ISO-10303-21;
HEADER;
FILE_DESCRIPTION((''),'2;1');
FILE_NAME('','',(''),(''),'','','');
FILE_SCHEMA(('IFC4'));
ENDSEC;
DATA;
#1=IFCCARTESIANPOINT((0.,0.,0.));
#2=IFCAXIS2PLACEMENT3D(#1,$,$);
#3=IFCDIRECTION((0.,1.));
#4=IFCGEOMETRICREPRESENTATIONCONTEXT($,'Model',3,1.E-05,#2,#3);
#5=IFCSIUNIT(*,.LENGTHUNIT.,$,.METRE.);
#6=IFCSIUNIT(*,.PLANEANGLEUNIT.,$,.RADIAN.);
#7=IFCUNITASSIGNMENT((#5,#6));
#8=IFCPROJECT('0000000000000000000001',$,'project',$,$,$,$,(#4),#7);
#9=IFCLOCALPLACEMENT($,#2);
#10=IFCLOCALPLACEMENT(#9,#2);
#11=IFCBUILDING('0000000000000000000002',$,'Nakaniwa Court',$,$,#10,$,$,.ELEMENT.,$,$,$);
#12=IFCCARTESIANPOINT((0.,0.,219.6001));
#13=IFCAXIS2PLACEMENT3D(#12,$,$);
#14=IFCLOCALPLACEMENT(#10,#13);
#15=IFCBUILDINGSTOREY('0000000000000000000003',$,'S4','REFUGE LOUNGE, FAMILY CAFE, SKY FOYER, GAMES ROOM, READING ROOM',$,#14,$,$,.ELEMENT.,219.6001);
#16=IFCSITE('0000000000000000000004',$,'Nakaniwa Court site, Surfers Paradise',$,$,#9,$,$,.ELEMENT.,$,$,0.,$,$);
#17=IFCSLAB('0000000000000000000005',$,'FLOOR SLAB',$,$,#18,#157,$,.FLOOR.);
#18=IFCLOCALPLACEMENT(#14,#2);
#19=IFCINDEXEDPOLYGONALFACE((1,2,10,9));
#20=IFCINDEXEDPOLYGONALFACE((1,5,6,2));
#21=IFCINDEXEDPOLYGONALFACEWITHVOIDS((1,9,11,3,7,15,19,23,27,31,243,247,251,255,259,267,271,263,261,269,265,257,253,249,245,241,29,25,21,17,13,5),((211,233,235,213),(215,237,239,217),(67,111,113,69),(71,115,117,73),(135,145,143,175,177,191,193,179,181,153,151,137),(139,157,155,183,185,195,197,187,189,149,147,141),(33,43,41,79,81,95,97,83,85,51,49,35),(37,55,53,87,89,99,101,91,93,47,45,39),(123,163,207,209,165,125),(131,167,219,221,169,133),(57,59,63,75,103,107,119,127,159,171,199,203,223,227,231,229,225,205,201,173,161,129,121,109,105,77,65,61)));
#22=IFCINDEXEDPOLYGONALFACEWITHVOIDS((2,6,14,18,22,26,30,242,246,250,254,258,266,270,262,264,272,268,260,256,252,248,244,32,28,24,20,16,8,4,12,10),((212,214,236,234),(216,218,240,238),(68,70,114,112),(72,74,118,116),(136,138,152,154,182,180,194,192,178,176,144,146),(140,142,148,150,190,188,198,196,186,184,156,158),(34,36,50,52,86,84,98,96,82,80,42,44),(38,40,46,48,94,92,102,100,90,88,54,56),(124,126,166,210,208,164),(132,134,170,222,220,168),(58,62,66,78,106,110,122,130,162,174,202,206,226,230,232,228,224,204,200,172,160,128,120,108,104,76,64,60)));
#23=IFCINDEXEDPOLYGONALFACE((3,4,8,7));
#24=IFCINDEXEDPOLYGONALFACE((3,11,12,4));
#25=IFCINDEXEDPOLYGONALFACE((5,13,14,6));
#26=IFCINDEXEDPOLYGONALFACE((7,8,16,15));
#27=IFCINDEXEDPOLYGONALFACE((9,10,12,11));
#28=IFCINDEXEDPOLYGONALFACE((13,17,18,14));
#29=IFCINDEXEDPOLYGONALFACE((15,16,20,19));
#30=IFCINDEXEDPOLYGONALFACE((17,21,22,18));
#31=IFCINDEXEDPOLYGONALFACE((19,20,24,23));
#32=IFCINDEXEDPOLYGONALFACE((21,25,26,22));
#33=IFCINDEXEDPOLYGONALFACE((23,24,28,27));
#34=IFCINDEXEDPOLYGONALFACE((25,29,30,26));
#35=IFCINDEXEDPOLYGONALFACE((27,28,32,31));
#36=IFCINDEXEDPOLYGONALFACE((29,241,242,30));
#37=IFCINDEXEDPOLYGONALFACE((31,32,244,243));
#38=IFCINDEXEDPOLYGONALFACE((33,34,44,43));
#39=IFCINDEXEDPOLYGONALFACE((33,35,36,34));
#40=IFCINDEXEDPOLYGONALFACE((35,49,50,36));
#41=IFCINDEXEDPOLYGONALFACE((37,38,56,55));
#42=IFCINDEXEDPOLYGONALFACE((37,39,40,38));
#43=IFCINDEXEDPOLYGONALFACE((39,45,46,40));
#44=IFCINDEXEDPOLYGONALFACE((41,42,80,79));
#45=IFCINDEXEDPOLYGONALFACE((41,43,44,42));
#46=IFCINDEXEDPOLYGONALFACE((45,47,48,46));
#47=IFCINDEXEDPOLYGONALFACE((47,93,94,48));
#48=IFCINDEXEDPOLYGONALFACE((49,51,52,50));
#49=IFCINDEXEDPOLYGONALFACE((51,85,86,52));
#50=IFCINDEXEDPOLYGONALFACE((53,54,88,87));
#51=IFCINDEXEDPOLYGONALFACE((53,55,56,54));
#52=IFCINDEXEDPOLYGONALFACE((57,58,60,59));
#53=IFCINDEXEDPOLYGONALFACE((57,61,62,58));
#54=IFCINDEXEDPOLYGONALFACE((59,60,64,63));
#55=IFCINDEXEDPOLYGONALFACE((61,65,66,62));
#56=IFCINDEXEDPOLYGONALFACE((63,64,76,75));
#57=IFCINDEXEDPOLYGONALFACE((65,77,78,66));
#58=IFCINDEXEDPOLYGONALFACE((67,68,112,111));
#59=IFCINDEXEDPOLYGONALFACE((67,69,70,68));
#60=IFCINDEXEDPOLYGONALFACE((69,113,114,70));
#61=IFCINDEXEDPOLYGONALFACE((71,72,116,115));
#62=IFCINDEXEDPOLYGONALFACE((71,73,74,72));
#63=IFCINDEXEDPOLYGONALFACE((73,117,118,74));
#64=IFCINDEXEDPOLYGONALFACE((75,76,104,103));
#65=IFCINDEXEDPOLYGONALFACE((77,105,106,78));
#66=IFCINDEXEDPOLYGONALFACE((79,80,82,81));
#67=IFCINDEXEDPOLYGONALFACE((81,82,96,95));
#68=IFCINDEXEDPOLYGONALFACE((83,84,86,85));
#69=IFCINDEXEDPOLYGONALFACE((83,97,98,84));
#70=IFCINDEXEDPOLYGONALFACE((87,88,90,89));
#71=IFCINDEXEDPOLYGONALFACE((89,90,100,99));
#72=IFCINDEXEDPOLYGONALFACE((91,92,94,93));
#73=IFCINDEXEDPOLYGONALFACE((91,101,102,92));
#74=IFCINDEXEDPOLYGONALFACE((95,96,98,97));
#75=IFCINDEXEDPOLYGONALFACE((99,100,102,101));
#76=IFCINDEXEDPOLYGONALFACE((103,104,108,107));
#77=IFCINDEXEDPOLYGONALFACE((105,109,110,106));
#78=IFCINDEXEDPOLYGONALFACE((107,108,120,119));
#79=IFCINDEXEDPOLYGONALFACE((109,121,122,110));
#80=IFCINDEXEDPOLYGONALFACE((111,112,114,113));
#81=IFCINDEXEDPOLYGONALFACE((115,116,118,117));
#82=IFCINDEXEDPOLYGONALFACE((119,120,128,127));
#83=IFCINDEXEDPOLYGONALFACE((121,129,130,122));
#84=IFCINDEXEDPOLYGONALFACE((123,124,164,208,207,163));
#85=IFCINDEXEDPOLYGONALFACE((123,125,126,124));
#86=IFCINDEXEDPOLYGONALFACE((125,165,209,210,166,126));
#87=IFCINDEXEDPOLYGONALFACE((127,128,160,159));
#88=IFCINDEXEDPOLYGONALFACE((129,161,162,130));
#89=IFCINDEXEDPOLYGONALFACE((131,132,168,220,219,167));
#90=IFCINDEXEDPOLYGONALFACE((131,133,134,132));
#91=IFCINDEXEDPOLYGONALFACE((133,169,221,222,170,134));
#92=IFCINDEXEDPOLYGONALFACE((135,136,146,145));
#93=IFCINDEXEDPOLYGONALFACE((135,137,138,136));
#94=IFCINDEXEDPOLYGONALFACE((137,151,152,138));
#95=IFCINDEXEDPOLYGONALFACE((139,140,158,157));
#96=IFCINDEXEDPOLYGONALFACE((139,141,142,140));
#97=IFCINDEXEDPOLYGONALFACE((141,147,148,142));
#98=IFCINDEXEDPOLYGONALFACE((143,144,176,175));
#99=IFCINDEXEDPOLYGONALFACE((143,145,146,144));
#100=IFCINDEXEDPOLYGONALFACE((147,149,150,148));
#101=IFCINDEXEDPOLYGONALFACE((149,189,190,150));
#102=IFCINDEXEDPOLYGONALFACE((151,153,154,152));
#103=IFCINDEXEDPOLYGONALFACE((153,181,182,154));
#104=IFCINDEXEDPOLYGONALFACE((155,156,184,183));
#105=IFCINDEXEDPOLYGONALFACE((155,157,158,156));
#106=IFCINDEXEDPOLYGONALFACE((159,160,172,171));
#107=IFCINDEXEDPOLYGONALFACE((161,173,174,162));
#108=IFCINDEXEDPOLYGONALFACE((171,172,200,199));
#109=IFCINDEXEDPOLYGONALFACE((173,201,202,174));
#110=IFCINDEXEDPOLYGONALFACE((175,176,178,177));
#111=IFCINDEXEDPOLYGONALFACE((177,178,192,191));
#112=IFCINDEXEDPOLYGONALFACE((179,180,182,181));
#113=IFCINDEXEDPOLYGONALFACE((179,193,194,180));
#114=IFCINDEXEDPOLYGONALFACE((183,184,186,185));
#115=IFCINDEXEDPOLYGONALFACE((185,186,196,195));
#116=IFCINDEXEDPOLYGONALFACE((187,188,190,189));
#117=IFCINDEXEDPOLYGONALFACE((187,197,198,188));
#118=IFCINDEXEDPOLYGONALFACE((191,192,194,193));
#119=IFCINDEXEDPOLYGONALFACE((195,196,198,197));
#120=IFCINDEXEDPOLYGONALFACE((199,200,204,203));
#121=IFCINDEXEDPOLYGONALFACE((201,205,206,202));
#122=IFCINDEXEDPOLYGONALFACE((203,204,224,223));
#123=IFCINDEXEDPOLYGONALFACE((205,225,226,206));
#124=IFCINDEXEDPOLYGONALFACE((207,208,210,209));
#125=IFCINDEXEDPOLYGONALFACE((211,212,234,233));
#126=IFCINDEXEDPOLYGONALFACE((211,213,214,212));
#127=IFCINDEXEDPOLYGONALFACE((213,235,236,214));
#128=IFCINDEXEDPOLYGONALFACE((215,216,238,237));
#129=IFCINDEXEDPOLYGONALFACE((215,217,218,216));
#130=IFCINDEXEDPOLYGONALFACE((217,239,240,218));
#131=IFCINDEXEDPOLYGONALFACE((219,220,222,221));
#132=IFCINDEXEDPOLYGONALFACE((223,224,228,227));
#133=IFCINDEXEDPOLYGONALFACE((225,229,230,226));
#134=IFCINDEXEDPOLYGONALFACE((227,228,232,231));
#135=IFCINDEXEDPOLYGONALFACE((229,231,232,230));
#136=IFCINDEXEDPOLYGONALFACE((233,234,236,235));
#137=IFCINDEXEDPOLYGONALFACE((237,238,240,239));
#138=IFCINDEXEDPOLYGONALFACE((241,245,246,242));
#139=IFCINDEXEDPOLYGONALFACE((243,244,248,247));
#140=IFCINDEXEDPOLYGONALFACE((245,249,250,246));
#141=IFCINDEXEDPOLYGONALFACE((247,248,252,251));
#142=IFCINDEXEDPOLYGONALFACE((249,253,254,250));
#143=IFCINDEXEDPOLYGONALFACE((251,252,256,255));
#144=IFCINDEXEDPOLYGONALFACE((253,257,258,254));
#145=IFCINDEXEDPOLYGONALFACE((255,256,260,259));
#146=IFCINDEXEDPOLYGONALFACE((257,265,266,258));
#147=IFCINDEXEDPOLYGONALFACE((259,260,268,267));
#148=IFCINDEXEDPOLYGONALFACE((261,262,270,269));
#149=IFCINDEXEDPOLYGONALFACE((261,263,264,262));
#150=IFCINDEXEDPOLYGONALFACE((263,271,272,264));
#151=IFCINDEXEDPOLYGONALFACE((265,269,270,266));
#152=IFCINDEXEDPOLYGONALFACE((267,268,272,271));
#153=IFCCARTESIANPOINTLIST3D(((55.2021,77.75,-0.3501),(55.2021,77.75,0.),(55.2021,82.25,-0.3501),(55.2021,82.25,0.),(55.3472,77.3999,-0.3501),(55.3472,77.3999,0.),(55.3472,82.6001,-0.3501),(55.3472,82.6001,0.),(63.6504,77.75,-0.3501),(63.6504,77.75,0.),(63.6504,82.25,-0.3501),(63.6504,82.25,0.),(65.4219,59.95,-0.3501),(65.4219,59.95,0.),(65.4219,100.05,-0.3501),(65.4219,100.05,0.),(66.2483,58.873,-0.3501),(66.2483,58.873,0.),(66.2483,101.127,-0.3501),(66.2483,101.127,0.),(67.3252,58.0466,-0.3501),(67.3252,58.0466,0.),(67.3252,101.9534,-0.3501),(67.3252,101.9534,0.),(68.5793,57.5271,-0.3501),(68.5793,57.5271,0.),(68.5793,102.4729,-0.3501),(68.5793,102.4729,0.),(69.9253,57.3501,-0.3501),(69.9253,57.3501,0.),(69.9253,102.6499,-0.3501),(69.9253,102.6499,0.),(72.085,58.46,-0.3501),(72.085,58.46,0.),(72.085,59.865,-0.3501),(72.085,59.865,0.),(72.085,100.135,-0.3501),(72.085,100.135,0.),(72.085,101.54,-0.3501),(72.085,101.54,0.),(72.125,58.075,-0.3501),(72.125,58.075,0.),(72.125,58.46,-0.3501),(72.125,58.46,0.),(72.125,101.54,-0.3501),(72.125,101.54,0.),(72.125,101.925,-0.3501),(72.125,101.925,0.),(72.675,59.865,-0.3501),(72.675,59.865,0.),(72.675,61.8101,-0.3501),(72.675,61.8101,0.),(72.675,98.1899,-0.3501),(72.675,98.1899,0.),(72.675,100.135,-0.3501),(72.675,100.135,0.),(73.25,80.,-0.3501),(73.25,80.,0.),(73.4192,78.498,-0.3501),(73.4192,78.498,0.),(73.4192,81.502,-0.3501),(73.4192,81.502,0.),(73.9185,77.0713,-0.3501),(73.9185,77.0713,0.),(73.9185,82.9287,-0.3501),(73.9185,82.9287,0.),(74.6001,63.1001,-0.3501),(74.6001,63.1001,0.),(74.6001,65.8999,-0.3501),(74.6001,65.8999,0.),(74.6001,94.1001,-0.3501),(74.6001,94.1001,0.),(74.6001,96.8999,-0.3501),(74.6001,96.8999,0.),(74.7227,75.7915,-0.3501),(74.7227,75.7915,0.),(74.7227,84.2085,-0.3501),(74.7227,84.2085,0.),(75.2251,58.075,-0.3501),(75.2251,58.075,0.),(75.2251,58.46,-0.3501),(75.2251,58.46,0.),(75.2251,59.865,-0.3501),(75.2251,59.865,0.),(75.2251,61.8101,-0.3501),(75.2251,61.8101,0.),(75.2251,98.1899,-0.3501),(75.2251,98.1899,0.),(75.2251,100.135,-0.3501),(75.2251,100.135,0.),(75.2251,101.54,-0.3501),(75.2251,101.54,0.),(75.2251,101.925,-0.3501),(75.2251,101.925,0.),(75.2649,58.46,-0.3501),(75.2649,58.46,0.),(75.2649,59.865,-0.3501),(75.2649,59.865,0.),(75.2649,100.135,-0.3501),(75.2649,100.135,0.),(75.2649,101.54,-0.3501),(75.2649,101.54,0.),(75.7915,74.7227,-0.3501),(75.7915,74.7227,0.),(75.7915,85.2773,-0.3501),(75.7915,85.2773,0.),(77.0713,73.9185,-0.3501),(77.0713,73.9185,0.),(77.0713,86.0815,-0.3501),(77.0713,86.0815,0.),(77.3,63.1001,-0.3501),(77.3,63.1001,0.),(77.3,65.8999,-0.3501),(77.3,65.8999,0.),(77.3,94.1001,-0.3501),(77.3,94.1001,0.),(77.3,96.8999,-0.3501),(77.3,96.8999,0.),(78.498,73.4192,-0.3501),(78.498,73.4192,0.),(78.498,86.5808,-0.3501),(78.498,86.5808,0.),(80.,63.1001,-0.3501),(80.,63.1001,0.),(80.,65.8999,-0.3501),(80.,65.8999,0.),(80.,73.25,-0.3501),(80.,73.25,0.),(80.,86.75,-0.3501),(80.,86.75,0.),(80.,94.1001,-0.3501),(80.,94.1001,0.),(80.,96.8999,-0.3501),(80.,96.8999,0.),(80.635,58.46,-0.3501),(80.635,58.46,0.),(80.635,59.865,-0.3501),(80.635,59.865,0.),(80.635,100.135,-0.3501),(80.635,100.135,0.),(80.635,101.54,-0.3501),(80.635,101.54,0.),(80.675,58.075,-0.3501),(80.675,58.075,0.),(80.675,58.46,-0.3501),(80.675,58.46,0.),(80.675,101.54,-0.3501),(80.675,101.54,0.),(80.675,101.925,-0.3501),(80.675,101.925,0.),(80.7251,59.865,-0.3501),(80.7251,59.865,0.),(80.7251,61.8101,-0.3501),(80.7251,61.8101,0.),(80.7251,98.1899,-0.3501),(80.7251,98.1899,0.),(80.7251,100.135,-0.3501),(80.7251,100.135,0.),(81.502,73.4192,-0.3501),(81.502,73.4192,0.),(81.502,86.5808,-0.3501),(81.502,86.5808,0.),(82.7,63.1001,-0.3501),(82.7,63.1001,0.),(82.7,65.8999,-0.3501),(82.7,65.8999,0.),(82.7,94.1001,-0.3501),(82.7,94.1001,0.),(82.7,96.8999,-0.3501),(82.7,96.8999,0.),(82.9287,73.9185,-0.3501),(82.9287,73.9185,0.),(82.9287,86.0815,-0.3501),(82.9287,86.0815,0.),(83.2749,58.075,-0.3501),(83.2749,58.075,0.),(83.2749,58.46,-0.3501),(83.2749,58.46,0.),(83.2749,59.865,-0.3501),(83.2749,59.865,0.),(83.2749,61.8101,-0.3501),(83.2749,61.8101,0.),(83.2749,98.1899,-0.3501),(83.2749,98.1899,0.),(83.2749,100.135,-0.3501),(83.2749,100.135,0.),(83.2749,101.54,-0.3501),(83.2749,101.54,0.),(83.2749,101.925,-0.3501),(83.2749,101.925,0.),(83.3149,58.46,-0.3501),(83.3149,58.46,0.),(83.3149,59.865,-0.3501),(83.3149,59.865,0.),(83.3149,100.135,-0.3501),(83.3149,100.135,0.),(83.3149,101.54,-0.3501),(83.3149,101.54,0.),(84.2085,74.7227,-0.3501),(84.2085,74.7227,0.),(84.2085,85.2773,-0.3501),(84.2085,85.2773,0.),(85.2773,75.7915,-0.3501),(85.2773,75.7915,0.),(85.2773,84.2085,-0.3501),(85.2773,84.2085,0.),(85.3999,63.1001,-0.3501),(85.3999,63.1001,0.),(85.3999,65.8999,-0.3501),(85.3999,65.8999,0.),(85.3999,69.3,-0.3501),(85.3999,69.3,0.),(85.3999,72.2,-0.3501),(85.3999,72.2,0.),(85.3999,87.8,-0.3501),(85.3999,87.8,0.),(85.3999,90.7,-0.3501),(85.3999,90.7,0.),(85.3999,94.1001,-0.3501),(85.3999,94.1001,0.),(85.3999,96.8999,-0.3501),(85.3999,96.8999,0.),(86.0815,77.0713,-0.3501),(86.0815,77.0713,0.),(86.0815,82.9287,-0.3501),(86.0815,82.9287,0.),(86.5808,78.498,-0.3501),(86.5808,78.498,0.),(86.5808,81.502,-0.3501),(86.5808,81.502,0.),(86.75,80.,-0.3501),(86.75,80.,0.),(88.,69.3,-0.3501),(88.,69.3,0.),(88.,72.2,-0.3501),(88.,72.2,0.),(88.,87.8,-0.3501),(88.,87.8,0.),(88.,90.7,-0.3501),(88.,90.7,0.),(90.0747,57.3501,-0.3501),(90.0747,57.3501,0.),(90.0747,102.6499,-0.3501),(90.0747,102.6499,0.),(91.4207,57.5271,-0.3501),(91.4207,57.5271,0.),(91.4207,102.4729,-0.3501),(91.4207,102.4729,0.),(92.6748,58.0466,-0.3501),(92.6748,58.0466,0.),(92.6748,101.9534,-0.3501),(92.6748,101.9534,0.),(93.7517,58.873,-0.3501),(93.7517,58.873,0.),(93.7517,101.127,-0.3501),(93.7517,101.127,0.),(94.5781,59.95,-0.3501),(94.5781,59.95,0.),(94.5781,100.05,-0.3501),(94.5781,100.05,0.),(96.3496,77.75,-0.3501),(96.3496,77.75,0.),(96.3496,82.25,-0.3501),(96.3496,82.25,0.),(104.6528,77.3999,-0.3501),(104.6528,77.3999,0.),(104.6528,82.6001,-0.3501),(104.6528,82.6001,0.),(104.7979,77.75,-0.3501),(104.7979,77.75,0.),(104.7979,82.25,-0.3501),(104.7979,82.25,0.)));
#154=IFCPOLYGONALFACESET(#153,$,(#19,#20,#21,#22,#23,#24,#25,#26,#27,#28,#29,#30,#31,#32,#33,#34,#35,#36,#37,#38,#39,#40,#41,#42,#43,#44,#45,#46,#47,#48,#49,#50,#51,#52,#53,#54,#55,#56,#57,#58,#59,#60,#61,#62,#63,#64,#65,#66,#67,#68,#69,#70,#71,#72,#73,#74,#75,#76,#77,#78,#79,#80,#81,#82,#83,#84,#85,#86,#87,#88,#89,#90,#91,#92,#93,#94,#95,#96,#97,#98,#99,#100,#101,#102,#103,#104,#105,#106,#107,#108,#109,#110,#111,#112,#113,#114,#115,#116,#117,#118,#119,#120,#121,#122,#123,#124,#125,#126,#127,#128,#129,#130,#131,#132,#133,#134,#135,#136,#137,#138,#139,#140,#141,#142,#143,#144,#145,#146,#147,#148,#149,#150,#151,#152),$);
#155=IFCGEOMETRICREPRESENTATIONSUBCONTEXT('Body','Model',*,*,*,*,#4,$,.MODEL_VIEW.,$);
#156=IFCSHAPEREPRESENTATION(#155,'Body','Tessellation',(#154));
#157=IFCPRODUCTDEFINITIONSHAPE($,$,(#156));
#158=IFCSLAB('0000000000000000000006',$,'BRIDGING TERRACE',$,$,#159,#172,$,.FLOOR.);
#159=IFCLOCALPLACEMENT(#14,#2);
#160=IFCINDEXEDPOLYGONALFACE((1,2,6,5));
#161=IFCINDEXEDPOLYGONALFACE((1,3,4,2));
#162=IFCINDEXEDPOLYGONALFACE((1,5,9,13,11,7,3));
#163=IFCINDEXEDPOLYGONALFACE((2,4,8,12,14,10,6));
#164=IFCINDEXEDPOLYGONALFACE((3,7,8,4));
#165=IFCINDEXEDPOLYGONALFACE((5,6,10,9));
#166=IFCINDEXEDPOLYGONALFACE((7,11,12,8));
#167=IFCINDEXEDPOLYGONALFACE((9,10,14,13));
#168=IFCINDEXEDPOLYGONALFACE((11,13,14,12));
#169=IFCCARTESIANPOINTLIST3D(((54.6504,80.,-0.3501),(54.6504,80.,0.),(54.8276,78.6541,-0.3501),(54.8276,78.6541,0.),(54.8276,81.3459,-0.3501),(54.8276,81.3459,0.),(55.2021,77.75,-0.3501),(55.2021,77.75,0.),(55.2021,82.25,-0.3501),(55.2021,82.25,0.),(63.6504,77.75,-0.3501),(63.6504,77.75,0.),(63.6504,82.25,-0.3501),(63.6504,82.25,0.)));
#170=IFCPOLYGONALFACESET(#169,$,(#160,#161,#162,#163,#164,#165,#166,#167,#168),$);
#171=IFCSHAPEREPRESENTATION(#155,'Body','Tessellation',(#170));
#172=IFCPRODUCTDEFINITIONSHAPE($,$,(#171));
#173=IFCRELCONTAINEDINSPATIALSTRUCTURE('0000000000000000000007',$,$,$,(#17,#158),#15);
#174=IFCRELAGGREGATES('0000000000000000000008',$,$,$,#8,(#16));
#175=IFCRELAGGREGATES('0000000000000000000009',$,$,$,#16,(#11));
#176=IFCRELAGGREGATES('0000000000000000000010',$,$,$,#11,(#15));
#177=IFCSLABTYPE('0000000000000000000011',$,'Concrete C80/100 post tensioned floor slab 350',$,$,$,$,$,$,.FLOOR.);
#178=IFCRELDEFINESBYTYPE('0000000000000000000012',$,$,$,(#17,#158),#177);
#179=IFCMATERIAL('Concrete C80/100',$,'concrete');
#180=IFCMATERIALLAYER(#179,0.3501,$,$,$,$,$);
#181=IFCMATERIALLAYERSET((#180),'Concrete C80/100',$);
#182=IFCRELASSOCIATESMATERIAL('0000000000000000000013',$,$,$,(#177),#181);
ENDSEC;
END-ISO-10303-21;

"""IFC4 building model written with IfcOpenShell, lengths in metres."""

from ifc_helpers import new_model, si_unit, direction, frame, origin, place, context, subcontext, project, spatial, polyline, outline, extrude, material, layer, layer_set, type_object, element, save


model = new_model("IFC4")

# Units and contexts
model_context = context("Model", 3, precision=1e-05, world=origin(), true_north=direction((0.0, 1.0)))
body_context = subcontext(model_context, "Body", "Model", "MODEL_VIEW")
ifc_project = project(units=[si_unit("LENGTHUNIT", "METRE"), si_unit("PLANEANGLEUNIT", "RADIAN")], contexts=[model_context])

# Site, building, storey
site_placement = place(None, origin())
site = spatial("IfcSite", under=ifc_project, at=site_placement, Name="Nakaniwa Court site, Surfers Paradise", CompositionType="ELEMENT", RefElevation=0.0)
building_placement = place(site_placement, origin())
building = spatial("IfcBuilding", under=site, at=building_placement, Name="Nakaniwa Court", CompositionType="ELEMENT")
storey_placement = place(building_placement, frame((0.0, 0.0, 219.6001)))
storey = spatial("IfcBuildingStorey", under=building, at=storey_placement, Name="S4", Description="REFUGE LOUNGE, FAMILY CAFE, SKY FOYER, GAMES ROOM, READING ROOM", CompositionType="ELEMENT", Elevation=219.6001)

# Shared definitions
ifc_material_1 = material(Name="Concrete C80/100", Category="concrete")

# Slabs
ifc_layer_1 = layer(ifc_material_1, 0.3501)
ifc_layer_set_1 = layer_set([ifc_layer_1], Name="Concrete C80/100")
slab_type_1 = type_object("IfcSlabType", Name="Concrete C80/100 post tensioned floor slab 350", PredefinedType="FLOOR", material=ifc_layer_set_1)
slab_1_placement = place(storey_placement, frame((0.0, 0.0, -0.3501)))
element("IfcSlab", 1, at=slab_1_placement, inside=storey, type_object=slab_type_1, Name="FLOOR SLAB", PredefinedType="FLOOR", context=body_context, shape_type="SweptSolid", body=[
    extrude(outline(polyline([(96.3496, 82.25), (104.7979, 82.25), (104.6528, 82.6001), (94.5781, 100.05), (93.7517, 101.127), (92.6748, 101.9534), (91.4207, 102.4729), (90.0747, 102.6499), (69.9253, 102.6499), (68.5793, 102.4729), (67.3252, 101.9534), (66.2483, 101.127), (65.4219, 100.05), (55.3472, 82.6001), (55.2021, 82.25), (63.6504, 82.25), (63.6504, 77.75), (55.2021, 77.75), (55.3472, 77.3999), (65.4219, 59.95), (66.2483, 58.873), (67.3252, 58.0466), (68.5793, 57.5271), (69.9253, 57.3501), (90.0747, 57.3501), (91.4207, 57.5271), (92.6748, 58.0466), (93.7517, 58.873), (94.5781, 59.95), (104.6528, 77.3999), (104.7979, 77.75), (96.3496, 77.75), (96.3496, 82.25)]), holes=[polyline([(81.502, 86.5808), (80.0, 86.75), (78.498, 86.5808), (77.0713, 86.0815), (75.7915, 85.2773), (74.7227, 84.2085), (73.9185, 82.9287), (73.4192, 81.502), (73.25, 80.0), (73.4192, 78.498), (73.9185, 77.0713), (74.7227, 75.7915), (75.7915, 74.7227), (77.0713, 73.9185), (78.498, 73.4192), (80.0, 73.25), (81.502, 73.4192), (82.9287, 73.9185), (84.2085, 74.7227), (85.2773, 75.7915), (86.0815, 77.0713), (86.5808, 78.498), (86.75, 80.0), (86.5808, 81.502), (86.0815, 82.9287), (85.2773, 84.2085), (84.2085, 85.2773), (82.9287, 86.0815), (81.502, 86.5808)]), polyline([(72.675, 61.8101), (72.675, 59.865), (72.085, 59.865), (72.085, 58.46), (72.125, 58.46), (72.125, 58.075), (75.2251, 58.075), (75.2251, 58.46), (75.2649, 58.46), (75.2649, 59.865), (75.2251, 59.865), (75.2251, 61.8101), (72.675, 61.8101)]), polyline([(77.3, 65.8999), (74.6001, 65.8999), (74.6001, 63.1001), (77.3, 63.1001), (77.3, 65.8999)]), polyline([(80.0, 65.8999), (80.0, 63.1001), (82.7, 63.1001), (85.3999, 63.1001), (85.3999, 65.8999), (82.7, 65.8999), (80.0, 65.8999)]), polyline([(77.3, 96.8999), (74.6001, 96.8999), (74.6001, 94.1001), (77.3, 94.1001), (77.3, 96.8999)]), polyline([(80.0, 96.8999), (80.0, 94.1001), (82.7, 94.1001), (85.3999, 94.1001), (85.3999, 96.8999), (82.7, 96.8999), (80.0, 96.8999)]), polyline([(75.2649, 100.135), (75.2649, 101.54), (75.2251, 101.54), (75.2251, 101.925), (72.125, 101.925), (72.125, 101.54), (72.085, 101.54), (72.085, 100.135), (72.675, 100.135), (72.675, 98.1899), (75.2251, 98.1899), (75.2251, 100.135), (75.2649, 100.135)]), polyline([(83.2749, 61.8101), (80.7251, 61.8101), (80.7251, 59.865), (80.635, 59.865), (80.635, 58.46), (80.675, 58.46), (80.675, 58.075), (83.2749, 58.075), (83.2749, 58.46), (83.3149, 58.46), (83.3149, 59.865), (83.2749, 59.865), (83.2749, 61.8101)]), polyline([(88.0, 72.2), (85.3999, 72.2), (85.3999, 69.3), (88.0, 69.3), (88.0, 72.2)]), polyline([(88.0, 90.7), (85.3999, 90.7), (85.3999, 87.8), (88.0, 87.8), (88.0, 90.7)]), polyline([(83.3149, 100.135), (83.3149, 101.54), (83.2749, 101.54), (83.2749, 101.925), (80.675, 101.925), (80.675, 101.54), (80.635, 101.54), (80.635, 100.135), (80.7251, 100.135), (80.7251, 98.1899), (83.2749, 98.1899), (83.2749, 100.135), (83.3149, 100.135)])]), origin(), (0.0, 0.0, 1.0), 0.3501),
])
slab_2_placement = place(storey_placement, frame((0.0, 0.0, -0.3501)))
element("IfcSlab", 2, at=slab_2_placement, inside=storey, type_object=slab_type_1, Name="BRIDGING TERRACE", PredefinedType="FLOOR", context=body_context, shape_type="SweptSolid", body=[
    extrude(outline(polyline([(55.2021, 82.25), (54.8276, 81.3459), (54.6504, 80.0), (54.8276, 78.6541), (55.2021, 77.75), (63.6504, 77.75), (63.6504, 82.25), (55.2021, 82.25)])), origin(), (0.0, 0.0, 1.0), 0.3501),
])

save(model, "model.ifc")
